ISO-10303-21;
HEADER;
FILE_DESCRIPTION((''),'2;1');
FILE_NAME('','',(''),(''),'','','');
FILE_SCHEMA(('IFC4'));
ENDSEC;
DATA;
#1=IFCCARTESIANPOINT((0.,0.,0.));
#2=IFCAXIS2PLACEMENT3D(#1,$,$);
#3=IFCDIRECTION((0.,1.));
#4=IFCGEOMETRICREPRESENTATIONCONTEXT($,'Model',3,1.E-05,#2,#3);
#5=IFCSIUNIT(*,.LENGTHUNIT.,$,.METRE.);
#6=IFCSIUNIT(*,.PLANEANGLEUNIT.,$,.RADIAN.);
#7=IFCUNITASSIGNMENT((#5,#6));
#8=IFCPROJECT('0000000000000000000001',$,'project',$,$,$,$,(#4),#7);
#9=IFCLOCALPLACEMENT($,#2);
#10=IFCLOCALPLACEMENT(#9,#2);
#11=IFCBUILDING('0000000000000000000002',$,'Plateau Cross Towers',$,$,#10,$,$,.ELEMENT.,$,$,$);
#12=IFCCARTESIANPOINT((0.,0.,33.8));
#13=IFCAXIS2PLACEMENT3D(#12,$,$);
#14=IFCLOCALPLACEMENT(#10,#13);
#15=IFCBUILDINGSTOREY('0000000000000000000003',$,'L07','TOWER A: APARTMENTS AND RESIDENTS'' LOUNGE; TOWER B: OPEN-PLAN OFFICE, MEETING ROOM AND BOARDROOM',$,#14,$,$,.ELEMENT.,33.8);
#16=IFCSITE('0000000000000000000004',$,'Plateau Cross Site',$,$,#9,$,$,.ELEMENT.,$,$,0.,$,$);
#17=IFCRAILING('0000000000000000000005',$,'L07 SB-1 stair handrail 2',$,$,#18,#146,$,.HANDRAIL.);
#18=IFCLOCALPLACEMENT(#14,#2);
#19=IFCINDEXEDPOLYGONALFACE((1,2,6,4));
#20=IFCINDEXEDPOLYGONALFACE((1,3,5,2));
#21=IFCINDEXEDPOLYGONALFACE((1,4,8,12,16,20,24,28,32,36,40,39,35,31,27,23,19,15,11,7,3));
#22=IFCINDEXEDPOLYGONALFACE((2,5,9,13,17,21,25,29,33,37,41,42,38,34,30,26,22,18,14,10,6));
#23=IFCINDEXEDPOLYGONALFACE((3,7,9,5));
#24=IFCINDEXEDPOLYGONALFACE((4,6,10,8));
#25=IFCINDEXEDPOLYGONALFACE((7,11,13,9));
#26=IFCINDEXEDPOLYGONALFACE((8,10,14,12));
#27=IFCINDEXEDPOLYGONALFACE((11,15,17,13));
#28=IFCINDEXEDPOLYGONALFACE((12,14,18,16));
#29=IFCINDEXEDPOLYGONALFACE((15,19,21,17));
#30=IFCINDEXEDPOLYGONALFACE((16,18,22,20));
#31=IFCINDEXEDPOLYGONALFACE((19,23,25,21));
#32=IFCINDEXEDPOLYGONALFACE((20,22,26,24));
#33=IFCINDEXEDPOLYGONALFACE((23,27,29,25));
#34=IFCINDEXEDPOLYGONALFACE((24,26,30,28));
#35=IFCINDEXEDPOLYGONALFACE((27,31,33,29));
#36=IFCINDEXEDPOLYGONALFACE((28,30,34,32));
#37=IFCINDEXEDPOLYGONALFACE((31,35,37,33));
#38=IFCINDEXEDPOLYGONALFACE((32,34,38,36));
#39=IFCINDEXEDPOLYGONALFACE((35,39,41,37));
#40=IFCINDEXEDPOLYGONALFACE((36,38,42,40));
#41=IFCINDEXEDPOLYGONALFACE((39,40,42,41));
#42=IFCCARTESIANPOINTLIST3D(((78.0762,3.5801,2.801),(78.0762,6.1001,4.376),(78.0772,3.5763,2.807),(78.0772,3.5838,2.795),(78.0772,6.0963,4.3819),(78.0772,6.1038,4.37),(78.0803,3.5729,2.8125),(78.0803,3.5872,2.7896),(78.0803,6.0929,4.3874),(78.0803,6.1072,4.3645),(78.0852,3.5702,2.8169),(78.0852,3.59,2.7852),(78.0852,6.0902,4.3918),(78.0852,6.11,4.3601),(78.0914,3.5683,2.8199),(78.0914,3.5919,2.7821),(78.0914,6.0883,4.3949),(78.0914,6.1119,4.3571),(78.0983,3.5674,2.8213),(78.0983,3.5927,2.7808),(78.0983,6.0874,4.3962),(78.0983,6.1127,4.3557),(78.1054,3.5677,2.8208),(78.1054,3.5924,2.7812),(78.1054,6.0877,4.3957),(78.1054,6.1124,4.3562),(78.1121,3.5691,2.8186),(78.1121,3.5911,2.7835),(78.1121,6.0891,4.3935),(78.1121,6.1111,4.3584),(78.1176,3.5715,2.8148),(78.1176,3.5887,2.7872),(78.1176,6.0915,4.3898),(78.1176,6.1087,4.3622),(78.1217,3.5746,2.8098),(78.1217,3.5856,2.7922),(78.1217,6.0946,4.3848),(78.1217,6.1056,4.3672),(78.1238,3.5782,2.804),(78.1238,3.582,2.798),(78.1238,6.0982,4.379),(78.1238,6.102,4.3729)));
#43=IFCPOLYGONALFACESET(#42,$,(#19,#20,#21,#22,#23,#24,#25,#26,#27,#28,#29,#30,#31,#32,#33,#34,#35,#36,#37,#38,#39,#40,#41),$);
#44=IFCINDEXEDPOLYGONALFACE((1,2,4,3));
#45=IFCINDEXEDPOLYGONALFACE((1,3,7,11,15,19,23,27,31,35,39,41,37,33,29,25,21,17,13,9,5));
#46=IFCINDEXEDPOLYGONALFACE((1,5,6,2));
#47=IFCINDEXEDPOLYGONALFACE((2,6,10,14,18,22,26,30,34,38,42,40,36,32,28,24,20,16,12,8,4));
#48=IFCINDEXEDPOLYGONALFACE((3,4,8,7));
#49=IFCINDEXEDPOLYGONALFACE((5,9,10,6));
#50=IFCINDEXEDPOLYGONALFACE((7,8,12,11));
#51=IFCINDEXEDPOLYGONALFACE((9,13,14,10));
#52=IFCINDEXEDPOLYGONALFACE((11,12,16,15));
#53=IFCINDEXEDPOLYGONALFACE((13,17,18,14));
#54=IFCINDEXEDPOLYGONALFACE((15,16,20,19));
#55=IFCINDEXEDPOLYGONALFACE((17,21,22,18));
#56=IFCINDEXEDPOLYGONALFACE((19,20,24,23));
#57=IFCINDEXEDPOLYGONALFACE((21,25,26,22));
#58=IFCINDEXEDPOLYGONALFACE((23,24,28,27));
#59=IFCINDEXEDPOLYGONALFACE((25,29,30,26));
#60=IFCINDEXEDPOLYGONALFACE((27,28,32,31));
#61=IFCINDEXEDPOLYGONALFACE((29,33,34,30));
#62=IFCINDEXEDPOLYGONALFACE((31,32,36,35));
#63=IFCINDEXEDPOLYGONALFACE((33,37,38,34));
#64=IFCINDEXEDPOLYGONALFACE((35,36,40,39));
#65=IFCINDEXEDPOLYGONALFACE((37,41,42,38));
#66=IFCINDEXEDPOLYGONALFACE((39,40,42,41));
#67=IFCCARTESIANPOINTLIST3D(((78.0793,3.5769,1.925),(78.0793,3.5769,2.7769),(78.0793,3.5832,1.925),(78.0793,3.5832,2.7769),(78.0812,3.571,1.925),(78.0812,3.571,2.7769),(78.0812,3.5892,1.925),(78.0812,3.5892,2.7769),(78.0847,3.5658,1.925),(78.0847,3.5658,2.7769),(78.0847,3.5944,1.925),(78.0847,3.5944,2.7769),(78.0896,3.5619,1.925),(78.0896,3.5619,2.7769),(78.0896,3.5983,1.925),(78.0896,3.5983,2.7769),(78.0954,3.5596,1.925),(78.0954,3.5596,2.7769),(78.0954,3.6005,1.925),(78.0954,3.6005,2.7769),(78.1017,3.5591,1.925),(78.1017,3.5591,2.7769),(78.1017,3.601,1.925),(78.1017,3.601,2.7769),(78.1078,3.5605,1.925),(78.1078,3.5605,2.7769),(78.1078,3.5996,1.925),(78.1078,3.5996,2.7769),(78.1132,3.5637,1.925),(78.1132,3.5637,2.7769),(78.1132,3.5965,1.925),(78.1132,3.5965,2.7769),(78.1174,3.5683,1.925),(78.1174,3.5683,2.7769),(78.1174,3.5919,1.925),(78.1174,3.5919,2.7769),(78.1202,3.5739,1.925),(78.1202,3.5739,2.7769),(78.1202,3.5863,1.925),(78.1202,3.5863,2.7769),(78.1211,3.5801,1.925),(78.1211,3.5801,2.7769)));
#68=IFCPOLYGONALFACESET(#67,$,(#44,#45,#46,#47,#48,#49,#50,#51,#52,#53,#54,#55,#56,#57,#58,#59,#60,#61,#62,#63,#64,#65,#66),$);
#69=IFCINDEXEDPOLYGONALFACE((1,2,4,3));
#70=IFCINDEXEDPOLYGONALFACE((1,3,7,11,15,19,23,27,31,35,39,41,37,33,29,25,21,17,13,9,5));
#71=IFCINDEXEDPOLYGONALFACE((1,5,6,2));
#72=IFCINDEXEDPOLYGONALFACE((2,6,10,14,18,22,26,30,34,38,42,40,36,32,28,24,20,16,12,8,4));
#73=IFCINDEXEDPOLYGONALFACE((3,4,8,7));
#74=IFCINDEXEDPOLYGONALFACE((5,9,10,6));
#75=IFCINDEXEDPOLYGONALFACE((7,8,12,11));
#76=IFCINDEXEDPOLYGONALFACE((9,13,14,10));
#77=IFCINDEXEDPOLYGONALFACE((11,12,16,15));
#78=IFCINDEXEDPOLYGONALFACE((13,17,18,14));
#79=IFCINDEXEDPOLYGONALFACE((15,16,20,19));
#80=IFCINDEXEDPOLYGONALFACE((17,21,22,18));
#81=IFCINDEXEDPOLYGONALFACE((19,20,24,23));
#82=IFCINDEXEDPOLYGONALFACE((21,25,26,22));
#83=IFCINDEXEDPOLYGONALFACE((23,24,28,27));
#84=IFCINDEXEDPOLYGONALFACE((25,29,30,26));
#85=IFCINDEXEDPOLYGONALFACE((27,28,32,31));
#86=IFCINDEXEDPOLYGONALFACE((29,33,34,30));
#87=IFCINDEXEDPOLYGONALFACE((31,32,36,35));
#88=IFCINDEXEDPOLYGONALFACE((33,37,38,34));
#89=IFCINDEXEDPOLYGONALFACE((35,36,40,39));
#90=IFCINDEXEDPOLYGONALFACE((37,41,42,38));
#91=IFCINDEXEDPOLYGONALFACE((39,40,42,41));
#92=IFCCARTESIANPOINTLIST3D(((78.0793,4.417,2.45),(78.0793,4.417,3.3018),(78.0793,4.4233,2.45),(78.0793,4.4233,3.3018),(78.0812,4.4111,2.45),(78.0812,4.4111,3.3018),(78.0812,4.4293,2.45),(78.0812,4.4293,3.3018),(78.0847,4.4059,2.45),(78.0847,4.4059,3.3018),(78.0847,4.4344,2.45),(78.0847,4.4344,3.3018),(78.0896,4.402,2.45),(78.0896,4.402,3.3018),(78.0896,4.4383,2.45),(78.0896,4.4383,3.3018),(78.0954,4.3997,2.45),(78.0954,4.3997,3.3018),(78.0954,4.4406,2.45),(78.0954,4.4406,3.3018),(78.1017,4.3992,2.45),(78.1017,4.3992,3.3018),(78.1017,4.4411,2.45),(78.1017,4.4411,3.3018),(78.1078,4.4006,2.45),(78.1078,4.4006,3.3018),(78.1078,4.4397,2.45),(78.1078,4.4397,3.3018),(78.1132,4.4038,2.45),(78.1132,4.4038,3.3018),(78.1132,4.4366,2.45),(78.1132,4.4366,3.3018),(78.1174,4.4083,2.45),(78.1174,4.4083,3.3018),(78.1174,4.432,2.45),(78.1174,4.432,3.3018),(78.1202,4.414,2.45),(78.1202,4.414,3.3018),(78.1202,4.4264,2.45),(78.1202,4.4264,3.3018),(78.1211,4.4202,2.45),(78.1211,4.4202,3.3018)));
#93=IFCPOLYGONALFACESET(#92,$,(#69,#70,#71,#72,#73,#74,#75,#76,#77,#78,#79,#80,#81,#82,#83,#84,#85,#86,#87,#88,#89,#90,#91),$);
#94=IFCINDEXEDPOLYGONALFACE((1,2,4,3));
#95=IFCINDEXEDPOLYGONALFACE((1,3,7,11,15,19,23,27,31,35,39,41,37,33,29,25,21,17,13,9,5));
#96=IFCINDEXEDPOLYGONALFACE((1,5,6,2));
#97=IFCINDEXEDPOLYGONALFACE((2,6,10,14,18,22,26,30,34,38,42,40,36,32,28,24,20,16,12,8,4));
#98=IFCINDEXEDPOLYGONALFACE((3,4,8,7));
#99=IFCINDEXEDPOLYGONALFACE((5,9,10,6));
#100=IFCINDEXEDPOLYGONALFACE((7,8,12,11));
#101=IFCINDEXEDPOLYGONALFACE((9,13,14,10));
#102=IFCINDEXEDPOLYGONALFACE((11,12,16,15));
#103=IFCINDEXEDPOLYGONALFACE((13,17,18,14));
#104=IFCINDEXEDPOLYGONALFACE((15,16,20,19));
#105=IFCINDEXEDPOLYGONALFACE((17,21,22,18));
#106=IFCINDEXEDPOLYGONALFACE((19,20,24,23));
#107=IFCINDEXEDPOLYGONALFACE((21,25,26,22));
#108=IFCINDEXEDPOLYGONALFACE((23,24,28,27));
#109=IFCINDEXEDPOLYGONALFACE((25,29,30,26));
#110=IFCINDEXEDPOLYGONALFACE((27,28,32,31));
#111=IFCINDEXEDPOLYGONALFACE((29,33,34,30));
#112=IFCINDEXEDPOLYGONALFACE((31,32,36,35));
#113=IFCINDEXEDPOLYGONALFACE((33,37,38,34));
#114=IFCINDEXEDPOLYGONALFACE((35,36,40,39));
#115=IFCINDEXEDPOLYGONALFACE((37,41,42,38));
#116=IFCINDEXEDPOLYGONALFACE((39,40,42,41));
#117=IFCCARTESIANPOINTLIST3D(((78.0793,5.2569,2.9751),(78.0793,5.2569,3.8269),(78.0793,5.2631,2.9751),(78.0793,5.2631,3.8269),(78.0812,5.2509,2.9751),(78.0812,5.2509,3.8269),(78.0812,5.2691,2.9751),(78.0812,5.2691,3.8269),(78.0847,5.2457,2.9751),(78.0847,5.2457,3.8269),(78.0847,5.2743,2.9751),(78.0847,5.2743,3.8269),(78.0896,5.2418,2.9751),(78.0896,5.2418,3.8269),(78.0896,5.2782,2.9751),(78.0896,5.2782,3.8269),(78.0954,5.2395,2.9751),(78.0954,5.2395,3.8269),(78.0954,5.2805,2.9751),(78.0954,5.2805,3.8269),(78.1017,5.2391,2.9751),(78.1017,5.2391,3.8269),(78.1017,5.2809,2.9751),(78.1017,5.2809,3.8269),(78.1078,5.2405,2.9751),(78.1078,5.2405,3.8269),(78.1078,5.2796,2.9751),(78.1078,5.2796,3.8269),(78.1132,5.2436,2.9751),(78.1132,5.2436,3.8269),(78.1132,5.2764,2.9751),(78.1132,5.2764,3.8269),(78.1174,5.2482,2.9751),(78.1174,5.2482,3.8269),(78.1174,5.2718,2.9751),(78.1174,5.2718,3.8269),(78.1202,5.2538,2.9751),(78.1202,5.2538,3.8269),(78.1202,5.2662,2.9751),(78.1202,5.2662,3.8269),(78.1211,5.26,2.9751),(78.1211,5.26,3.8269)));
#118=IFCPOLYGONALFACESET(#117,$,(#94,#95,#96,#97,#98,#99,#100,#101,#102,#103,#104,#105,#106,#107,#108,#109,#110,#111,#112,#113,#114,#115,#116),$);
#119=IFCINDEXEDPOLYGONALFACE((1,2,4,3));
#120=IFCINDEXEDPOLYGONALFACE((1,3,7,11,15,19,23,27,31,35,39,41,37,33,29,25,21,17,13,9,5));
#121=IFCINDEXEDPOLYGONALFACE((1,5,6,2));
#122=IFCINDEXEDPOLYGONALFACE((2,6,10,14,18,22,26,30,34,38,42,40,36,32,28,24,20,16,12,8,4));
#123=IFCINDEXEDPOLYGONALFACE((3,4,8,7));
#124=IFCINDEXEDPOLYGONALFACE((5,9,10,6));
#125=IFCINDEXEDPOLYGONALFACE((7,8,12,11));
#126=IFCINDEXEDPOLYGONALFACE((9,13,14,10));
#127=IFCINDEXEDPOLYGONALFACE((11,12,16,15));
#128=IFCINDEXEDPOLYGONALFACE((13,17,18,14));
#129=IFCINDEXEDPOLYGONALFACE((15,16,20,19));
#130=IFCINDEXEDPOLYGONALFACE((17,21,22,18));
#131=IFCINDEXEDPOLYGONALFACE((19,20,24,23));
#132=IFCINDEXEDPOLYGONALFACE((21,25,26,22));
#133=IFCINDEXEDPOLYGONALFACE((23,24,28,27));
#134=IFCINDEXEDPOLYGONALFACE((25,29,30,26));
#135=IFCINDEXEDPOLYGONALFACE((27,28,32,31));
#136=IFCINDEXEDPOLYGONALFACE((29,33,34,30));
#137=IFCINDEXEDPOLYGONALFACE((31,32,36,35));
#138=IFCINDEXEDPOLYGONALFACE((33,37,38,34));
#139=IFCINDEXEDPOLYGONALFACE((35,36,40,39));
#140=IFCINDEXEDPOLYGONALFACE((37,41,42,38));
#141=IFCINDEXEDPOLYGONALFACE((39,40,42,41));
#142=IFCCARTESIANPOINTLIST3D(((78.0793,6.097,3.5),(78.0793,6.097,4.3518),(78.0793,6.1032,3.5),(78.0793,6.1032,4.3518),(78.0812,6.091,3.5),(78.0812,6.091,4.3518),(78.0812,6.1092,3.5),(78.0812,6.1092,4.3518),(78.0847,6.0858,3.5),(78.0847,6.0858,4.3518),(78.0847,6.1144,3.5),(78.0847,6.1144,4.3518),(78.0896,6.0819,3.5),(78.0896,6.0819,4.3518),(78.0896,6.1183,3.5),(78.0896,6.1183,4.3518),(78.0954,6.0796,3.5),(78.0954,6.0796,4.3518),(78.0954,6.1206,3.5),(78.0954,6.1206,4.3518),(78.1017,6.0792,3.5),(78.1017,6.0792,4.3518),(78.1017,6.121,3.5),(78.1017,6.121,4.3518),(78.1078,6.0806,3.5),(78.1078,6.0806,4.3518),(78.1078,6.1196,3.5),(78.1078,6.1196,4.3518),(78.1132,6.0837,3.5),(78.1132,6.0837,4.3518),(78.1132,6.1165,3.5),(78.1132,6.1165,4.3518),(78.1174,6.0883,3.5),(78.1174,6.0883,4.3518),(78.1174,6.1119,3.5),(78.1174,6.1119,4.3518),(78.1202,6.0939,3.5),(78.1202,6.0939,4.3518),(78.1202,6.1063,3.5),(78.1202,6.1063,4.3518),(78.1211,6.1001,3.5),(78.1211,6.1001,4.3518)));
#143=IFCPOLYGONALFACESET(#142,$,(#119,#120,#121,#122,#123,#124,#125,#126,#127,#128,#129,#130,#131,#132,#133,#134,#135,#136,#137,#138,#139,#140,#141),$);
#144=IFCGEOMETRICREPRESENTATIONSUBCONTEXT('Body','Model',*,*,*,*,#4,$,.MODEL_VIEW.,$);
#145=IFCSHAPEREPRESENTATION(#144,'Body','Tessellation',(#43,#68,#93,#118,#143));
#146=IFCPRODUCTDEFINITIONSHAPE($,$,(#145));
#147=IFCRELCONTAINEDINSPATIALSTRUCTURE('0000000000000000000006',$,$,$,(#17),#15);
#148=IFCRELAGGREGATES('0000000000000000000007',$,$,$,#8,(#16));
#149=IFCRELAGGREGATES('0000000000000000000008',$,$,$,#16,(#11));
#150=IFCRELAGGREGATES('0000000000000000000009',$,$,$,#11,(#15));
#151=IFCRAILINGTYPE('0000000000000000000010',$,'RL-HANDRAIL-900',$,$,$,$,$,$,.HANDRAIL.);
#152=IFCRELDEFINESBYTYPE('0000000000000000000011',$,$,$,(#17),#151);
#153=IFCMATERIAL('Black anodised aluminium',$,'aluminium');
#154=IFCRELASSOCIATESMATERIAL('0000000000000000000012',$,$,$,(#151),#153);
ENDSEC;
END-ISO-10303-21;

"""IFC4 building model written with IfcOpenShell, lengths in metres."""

from ifc_helpers import new_model, si_unit, direction, frame, origin, origin_2d, place, context, subcontext, project, spatial, circle, extrude, material, type_object, element, save


model = new_model("IFC4")

# Units and contexts
model_context = context("Model", 3, precision=1e-05, world=origin(), true_north=direction((0.0, 1.0)))
body_context = subcontext(model_context, "Body", "Model", "MODEL_VIEW")
ifc_project = project(units=[si_unit("LENGTHUNIT", "METRE"), si_unit("PLANEANGLEUNIT", "RADIAN")], contexts=[model_context])

# Site, building, storey
site_placement = place(None, origin())
site = spatial("IfcSite", under=ifc_project, at=site_placement, Name="Plateau Cross Site", CompositionType="ELEMENT", RefElevation=0.0)
building_placement = place(site_placement, origin())
building = spatial("IfcBuilding", under=site, at=building_placement, Name="Plateau Cross Towers", CompositionType="ELEMENT")
storey_placement = place(building_placement, frame((0.0, 0.0, 33.8)))
storey = spatial("IfcBuildingStorey", under=building, at=storey_placement, Name="L07", Description="TOWER A: APARTMENTS AND RESIDENTS' LOUNGE; TOWER B: OPEN-PLAN OFFICE, MEETING ROOM AND BOARDROOM", CompositionType="ELEMENT", Elevation=33.8)

# Railing
ifc_material_1 = material(Name="Black anodised aluminium", Category="aluminium")
railing_type_1 = type_object("IfcRailingType", Name="RL-HANDRAIL-900", PredefinedType="HANDRAIL", material=ifc_material_1)
railing_1_placement = place(storey_placement, frame((78.1001, 3.5801, 1.925)))
element("IfcRailing", 1, at=railing_1_placement, inside=storey, type_object=railing_type_1, Name="L07 SB-1 stair handrail 2", PredefinedType="HANDRAIL", context=body_context, shape_type="SweptSolid", body=[
    extrude(circle(Radius=0.0239, at=origin_2d()), frame((0.0, 0.0, 0.876), z_axis=(0.0, 0.848008, 0.529984), x_axis=(-1.0, 0.0, 0.0)), (0.0, 0.0, 1.0), 2.9717),
    extrude(circle(Radius=0.021, at=origin_2d()), origin(), (0.0, 0.0, 1.0), 0.8518),
    extrude(circle(Radius=0.021, at=origin_2d()), frame((0.0, 0.8401, 0.5249)), (0.0, 0.0, 1.0), 0.8518),
    extrude(circle(Radius=0.021, at=origin_2d()), frame((0.0, 1.6799, 1.05)), (0.0, 0.0, 1.0), 0.8518),
    extrude(circle(Radius=0.021, at=origin_2d()), frame((0.0, 2.52, 1.575)), (0.0, 0.0, 1.0), 0.8518),
])

save(model, "model.ifc")
